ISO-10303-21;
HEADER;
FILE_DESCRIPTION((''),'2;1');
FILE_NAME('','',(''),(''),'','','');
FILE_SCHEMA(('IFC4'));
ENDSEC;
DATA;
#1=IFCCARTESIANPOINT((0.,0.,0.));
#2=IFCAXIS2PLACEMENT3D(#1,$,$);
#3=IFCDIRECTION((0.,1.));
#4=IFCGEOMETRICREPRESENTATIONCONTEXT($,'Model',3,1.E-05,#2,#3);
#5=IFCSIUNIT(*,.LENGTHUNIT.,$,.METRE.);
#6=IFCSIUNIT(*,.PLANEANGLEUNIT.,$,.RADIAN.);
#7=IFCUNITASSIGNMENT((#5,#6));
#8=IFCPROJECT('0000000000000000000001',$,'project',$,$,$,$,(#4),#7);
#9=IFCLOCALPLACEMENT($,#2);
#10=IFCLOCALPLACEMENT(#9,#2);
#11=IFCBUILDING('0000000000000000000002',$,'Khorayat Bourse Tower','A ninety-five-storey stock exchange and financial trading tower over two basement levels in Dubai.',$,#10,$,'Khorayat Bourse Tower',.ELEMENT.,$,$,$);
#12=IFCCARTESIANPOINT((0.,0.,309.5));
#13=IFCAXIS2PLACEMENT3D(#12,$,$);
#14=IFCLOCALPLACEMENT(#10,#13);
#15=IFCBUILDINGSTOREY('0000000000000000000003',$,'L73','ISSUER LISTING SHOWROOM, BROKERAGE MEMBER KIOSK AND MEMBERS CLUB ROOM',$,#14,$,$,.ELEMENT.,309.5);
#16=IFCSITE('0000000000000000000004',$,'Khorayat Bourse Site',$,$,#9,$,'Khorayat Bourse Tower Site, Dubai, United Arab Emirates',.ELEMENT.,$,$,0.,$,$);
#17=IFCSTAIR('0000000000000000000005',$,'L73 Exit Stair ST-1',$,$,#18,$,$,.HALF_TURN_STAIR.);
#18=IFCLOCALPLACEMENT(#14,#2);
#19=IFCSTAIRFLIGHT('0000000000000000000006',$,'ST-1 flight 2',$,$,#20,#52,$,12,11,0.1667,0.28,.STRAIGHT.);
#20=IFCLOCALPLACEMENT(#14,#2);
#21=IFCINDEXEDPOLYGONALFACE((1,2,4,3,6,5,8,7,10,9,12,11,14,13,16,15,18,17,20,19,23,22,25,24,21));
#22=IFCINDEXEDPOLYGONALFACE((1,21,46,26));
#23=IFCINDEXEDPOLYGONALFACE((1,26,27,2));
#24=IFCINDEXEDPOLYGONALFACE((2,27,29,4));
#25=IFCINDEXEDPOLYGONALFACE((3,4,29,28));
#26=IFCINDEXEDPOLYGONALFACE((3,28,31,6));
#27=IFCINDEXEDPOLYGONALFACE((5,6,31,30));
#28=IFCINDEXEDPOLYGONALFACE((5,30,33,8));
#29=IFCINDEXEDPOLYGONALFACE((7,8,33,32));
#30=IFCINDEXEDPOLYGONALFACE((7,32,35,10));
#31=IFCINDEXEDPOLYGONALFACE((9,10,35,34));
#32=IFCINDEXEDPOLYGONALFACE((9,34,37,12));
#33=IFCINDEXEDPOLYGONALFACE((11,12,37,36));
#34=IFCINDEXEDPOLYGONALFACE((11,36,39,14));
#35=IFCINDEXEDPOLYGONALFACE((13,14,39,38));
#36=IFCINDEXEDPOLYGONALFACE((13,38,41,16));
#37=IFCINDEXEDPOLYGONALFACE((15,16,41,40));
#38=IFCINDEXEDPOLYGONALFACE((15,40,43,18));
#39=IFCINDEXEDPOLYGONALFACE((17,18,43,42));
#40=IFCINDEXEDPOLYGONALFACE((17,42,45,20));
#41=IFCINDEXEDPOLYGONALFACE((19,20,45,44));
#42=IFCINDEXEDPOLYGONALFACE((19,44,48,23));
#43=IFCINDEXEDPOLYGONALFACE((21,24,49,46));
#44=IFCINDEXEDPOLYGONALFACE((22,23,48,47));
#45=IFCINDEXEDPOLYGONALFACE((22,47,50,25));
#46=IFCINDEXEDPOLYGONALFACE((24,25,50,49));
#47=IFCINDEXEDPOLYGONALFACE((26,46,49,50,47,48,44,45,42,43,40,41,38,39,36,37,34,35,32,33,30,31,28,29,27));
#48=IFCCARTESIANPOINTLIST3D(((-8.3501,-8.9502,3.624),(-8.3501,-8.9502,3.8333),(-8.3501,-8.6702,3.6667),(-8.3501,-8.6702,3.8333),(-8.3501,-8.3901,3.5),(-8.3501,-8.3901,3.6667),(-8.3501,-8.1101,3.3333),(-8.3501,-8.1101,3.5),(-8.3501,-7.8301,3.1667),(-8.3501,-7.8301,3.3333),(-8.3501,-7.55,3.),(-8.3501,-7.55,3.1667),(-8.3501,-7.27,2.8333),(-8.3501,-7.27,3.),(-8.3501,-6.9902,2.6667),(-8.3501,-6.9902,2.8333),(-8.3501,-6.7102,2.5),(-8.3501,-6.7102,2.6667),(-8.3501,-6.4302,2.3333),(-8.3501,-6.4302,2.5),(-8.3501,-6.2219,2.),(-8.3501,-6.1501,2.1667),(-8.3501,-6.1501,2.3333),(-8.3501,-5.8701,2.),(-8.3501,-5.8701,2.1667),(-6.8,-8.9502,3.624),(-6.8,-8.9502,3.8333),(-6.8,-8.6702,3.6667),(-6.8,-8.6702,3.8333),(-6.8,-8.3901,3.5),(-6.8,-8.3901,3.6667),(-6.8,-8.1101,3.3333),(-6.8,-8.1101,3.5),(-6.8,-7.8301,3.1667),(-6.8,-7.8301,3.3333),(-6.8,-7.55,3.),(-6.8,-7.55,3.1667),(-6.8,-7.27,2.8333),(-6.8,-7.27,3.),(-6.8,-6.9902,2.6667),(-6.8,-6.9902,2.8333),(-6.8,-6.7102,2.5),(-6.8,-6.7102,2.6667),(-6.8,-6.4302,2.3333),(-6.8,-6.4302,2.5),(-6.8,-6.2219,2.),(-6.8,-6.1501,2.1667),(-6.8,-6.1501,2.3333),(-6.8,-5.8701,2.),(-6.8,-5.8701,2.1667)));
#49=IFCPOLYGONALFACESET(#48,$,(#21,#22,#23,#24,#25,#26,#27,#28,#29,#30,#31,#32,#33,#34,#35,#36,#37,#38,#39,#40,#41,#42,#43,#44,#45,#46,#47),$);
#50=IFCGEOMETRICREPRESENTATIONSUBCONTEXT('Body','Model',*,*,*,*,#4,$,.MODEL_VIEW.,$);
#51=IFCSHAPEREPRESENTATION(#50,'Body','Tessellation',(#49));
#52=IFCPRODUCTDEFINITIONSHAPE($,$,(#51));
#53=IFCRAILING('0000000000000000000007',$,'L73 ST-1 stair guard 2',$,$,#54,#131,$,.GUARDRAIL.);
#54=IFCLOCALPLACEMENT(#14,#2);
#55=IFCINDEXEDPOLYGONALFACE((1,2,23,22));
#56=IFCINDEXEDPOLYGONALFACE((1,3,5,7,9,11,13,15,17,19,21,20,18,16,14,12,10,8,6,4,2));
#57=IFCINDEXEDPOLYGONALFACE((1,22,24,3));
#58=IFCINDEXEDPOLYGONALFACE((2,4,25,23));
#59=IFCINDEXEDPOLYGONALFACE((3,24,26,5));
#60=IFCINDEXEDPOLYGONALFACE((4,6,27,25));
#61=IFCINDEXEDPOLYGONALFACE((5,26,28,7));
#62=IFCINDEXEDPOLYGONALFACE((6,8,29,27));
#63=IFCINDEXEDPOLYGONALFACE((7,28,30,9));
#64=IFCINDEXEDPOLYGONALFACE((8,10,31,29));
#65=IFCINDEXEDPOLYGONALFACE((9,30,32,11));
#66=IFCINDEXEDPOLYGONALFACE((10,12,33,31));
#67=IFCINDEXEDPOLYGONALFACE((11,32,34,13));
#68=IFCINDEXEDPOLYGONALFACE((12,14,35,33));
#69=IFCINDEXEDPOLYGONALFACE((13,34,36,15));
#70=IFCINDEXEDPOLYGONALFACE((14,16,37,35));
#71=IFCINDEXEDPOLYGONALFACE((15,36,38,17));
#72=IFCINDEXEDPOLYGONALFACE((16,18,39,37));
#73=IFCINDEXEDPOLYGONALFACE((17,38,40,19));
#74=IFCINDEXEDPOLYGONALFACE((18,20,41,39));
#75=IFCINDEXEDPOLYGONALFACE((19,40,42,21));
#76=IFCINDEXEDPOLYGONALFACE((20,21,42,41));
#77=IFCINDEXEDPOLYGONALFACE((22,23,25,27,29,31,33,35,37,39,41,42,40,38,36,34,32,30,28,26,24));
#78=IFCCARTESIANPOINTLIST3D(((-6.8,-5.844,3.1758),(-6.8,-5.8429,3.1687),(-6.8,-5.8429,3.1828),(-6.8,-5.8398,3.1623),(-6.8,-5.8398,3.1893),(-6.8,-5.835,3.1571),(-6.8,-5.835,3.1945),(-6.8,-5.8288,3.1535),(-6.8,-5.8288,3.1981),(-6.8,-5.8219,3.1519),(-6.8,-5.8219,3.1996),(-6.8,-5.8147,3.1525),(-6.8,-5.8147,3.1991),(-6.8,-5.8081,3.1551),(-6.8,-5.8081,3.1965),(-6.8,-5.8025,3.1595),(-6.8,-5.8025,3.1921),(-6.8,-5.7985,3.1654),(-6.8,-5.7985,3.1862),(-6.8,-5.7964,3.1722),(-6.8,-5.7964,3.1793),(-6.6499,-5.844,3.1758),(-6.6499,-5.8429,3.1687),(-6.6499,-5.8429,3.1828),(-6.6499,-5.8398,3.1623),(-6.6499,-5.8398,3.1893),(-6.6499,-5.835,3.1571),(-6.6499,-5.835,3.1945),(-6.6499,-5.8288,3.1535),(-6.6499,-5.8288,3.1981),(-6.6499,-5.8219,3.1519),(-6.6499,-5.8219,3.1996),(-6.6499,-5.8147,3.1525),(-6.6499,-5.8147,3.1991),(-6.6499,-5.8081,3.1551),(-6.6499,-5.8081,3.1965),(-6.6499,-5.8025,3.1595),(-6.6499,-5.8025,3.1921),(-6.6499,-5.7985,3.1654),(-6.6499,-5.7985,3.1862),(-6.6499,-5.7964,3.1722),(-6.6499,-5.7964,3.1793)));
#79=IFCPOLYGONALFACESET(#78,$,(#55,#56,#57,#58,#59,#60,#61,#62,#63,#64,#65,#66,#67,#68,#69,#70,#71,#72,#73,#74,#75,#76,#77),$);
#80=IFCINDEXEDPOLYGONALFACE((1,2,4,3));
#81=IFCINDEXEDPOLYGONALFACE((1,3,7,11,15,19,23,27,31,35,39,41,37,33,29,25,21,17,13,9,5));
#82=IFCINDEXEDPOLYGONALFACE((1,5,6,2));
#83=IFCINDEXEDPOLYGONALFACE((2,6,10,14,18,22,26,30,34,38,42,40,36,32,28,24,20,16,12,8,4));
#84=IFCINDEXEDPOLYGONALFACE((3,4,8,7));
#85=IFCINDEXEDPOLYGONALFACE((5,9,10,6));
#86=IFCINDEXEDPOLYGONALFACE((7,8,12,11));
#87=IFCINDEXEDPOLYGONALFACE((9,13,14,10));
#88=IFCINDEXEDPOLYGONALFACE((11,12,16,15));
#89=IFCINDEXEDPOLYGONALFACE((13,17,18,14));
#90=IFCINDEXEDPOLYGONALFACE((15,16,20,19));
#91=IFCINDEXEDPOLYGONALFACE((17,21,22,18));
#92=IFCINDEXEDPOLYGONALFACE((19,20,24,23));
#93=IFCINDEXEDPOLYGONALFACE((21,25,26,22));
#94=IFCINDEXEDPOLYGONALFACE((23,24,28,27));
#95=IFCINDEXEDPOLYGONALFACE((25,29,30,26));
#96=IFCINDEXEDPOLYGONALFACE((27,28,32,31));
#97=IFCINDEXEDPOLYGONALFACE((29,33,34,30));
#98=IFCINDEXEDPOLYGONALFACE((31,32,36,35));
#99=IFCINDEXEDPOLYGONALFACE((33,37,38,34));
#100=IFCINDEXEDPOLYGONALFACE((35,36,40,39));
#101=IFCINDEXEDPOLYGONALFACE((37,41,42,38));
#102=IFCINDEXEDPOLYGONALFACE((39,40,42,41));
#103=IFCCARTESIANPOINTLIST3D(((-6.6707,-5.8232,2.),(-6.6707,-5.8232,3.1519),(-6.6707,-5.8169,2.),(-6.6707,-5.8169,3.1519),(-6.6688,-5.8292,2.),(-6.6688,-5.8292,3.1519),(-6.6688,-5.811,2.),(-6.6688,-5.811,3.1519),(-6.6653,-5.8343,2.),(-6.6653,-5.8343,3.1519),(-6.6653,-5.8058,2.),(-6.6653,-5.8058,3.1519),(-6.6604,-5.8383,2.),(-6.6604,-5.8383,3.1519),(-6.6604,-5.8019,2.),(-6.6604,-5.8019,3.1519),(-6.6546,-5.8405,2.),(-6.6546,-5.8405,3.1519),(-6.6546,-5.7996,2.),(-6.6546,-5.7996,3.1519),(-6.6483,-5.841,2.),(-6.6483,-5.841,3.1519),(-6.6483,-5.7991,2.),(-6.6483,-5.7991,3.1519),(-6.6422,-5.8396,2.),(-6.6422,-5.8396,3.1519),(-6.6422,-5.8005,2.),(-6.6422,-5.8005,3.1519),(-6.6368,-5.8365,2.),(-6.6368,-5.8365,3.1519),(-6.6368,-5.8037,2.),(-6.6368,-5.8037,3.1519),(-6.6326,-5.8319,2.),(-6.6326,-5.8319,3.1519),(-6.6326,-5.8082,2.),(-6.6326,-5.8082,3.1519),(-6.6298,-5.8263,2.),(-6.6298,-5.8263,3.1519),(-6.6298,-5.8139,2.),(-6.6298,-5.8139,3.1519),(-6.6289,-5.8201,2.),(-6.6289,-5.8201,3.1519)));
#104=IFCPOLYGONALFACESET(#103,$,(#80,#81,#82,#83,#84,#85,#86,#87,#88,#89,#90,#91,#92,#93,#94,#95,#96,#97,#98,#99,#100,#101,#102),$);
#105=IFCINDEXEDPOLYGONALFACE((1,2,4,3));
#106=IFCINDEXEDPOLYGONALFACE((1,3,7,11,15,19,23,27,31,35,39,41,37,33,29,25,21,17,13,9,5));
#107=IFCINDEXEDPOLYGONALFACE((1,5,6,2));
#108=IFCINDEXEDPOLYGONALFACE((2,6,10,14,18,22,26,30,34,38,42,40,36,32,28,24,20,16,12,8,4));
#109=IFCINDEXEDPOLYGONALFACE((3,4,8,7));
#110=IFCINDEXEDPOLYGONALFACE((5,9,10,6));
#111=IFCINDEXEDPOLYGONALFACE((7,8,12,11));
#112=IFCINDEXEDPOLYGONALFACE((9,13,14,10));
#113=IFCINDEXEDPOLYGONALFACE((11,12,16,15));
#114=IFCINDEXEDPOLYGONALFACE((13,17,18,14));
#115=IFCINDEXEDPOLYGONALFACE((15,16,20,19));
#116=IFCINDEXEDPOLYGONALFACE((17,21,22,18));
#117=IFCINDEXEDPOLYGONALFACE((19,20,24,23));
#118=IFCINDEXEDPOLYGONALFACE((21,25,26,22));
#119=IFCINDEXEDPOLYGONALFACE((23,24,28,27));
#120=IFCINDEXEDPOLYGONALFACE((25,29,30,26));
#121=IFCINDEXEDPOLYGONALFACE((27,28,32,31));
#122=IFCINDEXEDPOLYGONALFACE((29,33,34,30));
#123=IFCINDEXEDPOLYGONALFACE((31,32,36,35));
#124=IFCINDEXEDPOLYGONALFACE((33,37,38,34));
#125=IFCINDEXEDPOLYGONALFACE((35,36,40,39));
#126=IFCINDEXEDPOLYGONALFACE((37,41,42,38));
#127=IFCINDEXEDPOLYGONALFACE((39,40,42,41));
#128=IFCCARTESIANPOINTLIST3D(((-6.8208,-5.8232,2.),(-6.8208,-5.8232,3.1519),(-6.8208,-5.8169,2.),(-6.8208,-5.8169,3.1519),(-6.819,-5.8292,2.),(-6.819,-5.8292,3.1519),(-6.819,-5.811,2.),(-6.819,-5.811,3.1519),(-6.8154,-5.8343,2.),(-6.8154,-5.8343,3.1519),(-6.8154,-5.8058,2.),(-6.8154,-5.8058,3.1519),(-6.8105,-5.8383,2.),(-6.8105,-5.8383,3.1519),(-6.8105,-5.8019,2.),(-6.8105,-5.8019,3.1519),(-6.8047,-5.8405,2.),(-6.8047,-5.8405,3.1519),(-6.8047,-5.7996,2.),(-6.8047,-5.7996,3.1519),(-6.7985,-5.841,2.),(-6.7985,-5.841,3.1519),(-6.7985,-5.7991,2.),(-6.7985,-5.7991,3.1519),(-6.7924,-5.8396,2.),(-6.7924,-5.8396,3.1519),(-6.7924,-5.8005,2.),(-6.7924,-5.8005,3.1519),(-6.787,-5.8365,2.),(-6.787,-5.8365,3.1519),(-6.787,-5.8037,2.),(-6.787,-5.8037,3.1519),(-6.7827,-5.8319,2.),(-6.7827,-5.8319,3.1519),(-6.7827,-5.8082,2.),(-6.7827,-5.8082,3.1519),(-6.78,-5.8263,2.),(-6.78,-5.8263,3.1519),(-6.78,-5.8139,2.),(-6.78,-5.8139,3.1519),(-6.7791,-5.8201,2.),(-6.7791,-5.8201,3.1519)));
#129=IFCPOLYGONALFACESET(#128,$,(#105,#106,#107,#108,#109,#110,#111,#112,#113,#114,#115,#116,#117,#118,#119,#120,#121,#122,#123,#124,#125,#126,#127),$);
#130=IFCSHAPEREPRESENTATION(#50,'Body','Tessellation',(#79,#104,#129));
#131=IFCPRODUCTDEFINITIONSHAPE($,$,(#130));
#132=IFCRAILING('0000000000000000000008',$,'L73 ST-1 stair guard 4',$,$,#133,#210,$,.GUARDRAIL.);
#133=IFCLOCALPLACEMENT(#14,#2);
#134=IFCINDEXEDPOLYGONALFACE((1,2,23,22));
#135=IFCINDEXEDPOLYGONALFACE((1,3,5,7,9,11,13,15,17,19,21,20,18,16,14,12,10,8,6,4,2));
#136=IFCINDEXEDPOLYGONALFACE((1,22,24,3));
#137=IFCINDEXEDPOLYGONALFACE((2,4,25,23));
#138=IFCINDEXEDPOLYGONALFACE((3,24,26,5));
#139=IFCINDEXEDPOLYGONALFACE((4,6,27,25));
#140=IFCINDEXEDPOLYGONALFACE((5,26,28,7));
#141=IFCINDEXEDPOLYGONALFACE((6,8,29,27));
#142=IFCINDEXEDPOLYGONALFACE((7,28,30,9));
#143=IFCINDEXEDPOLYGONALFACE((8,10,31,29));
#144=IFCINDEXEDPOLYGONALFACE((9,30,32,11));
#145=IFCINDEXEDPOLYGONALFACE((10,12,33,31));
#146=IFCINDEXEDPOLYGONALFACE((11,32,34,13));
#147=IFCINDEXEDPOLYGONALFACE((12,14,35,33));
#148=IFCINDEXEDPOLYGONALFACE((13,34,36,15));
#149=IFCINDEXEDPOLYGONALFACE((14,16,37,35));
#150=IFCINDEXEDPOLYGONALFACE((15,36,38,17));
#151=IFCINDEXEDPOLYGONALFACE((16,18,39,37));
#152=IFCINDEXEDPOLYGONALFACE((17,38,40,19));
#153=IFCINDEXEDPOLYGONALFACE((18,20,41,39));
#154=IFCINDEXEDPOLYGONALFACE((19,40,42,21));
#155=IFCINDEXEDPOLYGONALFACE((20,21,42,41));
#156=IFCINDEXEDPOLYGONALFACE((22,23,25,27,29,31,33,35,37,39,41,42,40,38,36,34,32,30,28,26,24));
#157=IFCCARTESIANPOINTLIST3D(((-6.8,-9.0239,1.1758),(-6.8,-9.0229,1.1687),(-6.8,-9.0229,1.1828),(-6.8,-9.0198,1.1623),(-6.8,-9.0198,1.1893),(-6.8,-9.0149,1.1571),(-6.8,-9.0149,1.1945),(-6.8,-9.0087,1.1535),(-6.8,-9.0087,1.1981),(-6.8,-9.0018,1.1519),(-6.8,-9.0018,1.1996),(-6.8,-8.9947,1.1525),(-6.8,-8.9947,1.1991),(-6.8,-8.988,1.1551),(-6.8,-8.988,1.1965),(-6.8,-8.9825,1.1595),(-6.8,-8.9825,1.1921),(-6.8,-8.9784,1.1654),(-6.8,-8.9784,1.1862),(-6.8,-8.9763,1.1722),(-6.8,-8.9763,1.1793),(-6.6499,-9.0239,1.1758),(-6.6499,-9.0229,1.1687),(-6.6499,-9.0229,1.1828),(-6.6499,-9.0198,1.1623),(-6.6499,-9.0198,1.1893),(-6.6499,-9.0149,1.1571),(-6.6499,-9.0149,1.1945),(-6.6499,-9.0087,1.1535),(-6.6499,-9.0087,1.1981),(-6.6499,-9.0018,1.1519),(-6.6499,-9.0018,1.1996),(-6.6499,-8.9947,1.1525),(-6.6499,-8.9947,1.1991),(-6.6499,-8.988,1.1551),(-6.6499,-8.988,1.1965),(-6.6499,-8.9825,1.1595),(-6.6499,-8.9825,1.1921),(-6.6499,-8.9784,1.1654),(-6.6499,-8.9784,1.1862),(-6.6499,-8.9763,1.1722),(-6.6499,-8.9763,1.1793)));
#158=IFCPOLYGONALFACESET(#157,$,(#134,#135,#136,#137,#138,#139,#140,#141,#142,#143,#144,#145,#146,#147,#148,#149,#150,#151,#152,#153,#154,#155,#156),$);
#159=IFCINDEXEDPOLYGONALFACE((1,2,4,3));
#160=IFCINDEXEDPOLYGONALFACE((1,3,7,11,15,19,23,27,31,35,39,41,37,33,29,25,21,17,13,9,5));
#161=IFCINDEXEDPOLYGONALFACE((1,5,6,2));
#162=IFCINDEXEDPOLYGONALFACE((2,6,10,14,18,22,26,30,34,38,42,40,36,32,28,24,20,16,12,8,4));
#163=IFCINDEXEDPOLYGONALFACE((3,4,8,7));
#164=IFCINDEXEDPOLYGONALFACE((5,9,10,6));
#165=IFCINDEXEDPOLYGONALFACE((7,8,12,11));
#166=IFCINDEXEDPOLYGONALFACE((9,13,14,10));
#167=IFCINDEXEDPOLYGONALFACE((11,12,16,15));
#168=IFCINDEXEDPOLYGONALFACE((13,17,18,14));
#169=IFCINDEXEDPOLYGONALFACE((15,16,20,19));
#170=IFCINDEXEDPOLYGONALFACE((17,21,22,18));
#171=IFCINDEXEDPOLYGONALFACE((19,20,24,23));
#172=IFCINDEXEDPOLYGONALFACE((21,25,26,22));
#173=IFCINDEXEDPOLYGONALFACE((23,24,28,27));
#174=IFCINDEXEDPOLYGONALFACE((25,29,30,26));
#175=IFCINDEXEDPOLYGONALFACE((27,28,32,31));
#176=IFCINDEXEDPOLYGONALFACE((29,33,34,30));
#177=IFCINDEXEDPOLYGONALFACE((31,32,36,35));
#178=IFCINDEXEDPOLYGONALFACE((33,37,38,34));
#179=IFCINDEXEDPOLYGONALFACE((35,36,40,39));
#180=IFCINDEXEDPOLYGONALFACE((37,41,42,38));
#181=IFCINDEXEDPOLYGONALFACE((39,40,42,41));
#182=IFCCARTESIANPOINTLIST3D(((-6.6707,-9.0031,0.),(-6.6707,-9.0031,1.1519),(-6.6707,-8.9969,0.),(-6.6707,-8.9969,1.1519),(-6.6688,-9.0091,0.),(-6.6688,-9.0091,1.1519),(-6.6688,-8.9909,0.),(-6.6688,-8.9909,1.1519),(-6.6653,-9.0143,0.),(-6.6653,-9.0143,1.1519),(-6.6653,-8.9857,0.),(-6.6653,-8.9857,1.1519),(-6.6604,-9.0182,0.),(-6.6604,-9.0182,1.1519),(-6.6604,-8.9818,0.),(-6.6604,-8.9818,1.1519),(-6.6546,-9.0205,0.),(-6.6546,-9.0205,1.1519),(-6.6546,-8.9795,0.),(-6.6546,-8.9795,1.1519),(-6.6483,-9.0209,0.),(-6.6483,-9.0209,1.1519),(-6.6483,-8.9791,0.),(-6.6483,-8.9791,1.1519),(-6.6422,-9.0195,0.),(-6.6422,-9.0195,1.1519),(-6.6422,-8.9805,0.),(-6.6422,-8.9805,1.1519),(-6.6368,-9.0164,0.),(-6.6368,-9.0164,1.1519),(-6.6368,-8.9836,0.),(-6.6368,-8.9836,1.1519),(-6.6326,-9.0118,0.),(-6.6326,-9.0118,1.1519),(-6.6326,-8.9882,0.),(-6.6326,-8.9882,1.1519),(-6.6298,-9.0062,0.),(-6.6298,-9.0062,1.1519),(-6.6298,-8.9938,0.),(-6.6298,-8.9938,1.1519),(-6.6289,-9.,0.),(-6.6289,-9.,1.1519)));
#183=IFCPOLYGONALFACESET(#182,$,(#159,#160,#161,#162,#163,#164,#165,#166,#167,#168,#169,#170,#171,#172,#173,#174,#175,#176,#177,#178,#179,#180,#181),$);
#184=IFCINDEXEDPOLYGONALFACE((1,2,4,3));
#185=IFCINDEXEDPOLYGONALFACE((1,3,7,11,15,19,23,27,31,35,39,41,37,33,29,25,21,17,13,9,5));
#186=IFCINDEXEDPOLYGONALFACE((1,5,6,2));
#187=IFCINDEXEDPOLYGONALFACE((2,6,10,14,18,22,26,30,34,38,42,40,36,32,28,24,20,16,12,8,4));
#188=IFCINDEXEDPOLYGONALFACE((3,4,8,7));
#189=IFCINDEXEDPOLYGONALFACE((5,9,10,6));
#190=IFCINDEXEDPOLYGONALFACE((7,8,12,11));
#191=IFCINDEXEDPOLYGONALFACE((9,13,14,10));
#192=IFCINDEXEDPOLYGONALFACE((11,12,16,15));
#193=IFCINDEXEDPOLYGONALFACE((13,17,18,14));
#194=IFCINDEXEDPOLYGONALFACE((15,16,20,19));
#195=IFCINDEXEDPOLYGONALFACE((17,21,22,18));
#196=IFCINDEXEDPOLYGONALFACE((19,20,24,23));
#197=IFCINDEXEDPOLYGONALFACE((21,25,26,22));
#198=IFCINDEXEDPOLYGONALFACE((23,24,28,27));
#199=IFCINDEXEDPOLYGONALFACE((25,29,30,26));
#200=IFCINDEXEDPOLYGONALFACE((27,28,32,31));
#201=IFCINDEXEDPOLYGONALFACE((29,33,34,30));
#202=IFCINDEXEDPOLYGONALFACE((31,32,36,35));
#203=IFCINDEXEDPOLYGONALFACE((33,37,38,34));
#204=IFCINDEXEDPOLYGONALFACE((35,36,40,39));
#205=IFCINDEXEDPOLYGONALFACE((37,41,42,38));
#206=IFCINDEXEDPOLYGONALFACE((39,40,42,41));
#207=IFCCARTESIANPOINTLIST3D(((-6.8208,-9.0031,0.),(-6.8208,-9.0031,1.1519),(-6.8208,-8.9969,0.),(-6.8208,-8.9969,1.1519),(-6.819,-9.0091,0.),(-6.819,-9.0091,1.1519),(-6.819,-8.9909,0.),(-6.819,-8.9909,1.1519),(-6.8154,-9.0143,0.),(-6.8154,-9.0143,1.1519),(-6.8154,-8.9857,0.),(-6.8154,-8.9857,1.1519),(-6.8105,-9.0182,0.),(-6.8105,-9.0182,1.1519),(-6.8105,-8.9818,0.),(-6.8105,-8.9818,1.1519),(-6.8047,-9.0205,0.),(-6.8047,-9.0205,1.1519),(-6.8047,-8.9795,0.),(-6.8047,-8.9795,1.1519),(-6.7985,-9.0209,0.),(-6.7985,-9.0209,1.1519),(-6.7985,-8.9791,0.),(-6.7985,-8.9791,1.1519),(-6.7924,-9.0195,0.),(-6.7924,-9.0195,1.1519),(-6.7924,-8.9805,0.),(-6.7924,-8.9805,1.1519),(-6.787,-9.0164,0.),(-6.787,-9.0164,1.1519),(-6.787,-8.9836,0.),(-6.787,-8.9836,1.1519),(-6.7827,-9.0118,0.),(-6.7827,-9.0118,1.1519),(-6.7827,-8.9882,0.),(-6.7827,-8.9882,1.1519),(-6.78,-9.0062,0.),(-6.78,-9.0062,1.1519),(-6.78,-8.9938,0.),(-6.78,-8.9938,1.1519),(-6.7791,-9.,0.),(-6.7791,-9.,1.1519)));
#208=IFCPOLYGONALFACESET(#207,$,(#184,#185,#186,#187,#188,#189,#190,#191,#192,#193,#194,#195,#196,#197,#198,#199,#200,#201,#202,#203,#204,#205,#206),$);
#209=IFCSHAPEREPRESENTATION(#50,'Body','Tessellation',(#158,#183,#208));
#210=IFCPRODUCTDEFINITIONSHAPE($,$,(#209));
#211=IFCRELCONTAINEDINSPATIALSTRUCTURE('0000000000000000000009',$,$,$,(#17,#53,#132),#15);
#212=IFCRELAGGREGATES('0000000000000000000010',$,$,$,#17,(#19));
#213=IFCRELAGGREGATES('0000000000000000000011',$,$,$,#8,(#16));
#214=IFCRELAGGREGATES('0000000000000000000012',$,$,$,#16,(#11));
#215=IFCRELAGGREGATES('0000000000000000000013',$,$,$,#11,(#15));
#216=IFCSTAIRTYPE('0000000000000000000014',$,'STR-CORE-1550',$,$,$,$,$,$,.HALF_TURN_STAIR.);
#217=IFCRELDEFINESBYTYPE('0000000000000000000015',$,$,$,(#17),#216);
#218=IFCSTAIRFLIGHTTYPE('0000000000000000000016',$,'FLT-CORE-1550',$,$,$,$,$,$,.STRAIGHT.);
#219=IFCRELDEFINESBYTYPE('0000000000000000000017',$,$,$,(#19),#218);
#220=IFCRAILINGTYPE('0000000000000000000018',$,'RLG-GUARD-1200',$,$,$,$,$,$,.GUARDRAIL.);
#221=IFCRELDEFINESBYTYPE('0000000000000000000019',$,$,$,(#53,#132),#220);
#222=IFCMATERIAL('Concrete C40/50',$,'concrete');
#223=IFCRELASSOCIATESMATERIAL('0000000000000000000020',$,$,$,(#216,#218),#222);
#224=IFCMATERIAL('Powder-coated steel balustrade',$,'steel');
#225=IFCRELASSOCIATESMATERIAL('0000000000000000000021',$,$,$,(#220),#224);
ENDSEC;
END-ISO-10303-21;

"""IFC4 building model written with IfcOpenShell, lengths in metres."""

from ifc_helpers import new_model, si_unit, direction, frame, origin, origin_2d, place, context, subcontext, project, spatial, polyline, circle, outline, extrude, source, transform, mapped, material, type_object, element, aggregate, save


model = new_model("IFC4")

# Units and contexts
model_context = context("Model", 3, precision=1e-05, world=origin(), true_north=direction((0.0, 1.0)))
body_context = subcontext(model_context, "Body", "Model", "MODEL_VIEW")
ifc_project = project(units=[si_unit("LENGTHUNIT", "METRE"), si_unit("PLANEANGLEUNIT", "RADIAN")], contexts=[model_context])

# Site, building, storey
site_placement = place(None, origin())
site = spatial("IfcSite", under=ifc_project, at=site_placement, Name="Khorayat Bourse Site", LongName="Khorayat Bourse Tower Site, Dubai, United Arab Emirates", CompositionType="ELEMENT", RefElevation=0.0)
building_placement = place(site_placement, origin())
building = spatial("IfcBuilding", under=site, at=building_placement, Name="Khorayat Bourse Tower", Description="A ninety-five-storey stock exchange and financial trading tower over two basement levels in Dubai.", LongName="Khorayat Bourse Tower", CompositionType="ELEMENT")
storey_placement = place(building_placement, frame((0.0, 0.0, 309.5)))
storey = spatial("IfcBuildingStorey", under=building, at=storey_placement, Name="L73", Description="ISSUER LISTING SHOWROOM, BROKERAGE MEMBER KIOSK AND MEMBERS CLUB ROOM", CompositionType="ELEMENT", Elevation=309.5)

# Stair, stair flight
ifc_material_1 = material(Name="Concrete C40/50", Category="concrete")
stair_type = type_object("IfcStairType", Name="STR-CORE-1550", PredefinedType="HALF_TURN_STAIR", material=ifc_material_1)
stair_placement = place(storey_placement, origin())
stair = element("IfcStair", 1, at=stair_placement, inside=storey, type_object=stair_type, Name="L73 Exit Stair ST-1", PredefinedType="HALF_TURN_STAIR")
stair_flight_type = type_object("IfcStairFlightType", Name="FLT-CORE-1550", PredefinedType="STRAIGHT", material=ifc_material_1)
shared_shape_1 = source(origin(), body_context, "Body", "SweptSolid", [
    extrude(outline(polyline([(0.0, 0.0), (0.0, 0.1667), (0.28, 0.1667), (0.28, 0.3333), (0.5601, 0.3333), (0.5601, 0.5), (0.8401, 0.5), (0.8401, 0.6667), (1.1201, 0.6667), (1.1201, 0.8333), (1.3999, 0.8333), (1.3999, 1.0), (1.6799, 1.0), (1.6799, 1.1667), (1.96, 1.1667), (1.96, 1.3333), (2.24, 1.3333), (2.24, 1.5), (2.52, 1.5), (2.52, 1.6667), (2.8, 1.6667), (2.8, 1.8333), (3.0801, 1.8333), (3.0801, 2.0), (3.0801, 1.624), (0.3518, 0.0), (0.0, 0.0)])), frame((0.0, 0.7749, 0.0), z_axis=(0.0, -1.0, 0.0), x_axis=(1.0, 0.0, 0.0)), (0.0, 0.0, 1.0), 1.55),
])
stair_flight_1_placement = place(storey_placement, frame((-7.575, -5.8701, 2.0), z_axis=(0.0, 0.0, 1.0), x_axis=(0.0, -1.0, 0.0)))
stair_flight_1 = element("IfcStairFlight", 2, at=stair_flight_1_placement, type_object=stair_flight_type, Name="ST-1 flight 2", NumberOfRisers=12, NumberOfTreads=11, PredefinedType="STRAIGHT", RiserHeight=0.1667, TreadLength=0.28, context=body_context, shape_type="MappedRepresentation", body=[
    mapped(shared_shape_1, transform((0.0, 0.0, 0.0), scale=1.0)),
])
aggregate(stair, [stair_flight_1])

# Railings
ifc_material_2 = material(Name="Powder-coated steel balustrade", Category="steel")
railing_type_1 = type_object("IfcRailingType", Name="RLG-GUARD-1200", PredefinedType="GUARDRAIL", material=ifc_material_2)
shared_shape_2 = source(origin(), body_context, "Body", "SweptSolid", [
    extrude(circle(Radius=0.0239, at=origin_2d()), frame((0.0, 0.0, 1.1758), z_axis=(-1.0, 0.0, 0.0), x_axis=(0.0, -1.0, 0.0)), (0.0, 0.0, 1.0), 0.1501),
    extrude(circle(Radius=0.021, at=origin_2d()), origin(), (0.0, 0.0, 1.0), 1.1519),
    extrude(circle(Radius=0.021, at=origin_2d()), frame((-0.1501, 0.0, 0.0)), (0.0, 0.0, 1.0), 1.1519),
])
for number, where, name in (
    (3, (-6.6499, -5.8201, 2.0), "L73 ST-1 stair guard 2"),
    (4, (-6.6499, -9.0, 0.0), "L73 ST-1 stair guard 4"),
):
    element("IfcRailing", number, at=place(storey_placement, frame(where)), inside=storey, type_object=railing_type_1, Name=name, PredefinedType="GUARDRAIL", context=body_context, shape_type="MappedRepresentation", body=[
        mapped(shared_shape_2, transform((0.0, 0.0, 0.0), scale=1.0)),
    ])

save(model, "model.ifc")
